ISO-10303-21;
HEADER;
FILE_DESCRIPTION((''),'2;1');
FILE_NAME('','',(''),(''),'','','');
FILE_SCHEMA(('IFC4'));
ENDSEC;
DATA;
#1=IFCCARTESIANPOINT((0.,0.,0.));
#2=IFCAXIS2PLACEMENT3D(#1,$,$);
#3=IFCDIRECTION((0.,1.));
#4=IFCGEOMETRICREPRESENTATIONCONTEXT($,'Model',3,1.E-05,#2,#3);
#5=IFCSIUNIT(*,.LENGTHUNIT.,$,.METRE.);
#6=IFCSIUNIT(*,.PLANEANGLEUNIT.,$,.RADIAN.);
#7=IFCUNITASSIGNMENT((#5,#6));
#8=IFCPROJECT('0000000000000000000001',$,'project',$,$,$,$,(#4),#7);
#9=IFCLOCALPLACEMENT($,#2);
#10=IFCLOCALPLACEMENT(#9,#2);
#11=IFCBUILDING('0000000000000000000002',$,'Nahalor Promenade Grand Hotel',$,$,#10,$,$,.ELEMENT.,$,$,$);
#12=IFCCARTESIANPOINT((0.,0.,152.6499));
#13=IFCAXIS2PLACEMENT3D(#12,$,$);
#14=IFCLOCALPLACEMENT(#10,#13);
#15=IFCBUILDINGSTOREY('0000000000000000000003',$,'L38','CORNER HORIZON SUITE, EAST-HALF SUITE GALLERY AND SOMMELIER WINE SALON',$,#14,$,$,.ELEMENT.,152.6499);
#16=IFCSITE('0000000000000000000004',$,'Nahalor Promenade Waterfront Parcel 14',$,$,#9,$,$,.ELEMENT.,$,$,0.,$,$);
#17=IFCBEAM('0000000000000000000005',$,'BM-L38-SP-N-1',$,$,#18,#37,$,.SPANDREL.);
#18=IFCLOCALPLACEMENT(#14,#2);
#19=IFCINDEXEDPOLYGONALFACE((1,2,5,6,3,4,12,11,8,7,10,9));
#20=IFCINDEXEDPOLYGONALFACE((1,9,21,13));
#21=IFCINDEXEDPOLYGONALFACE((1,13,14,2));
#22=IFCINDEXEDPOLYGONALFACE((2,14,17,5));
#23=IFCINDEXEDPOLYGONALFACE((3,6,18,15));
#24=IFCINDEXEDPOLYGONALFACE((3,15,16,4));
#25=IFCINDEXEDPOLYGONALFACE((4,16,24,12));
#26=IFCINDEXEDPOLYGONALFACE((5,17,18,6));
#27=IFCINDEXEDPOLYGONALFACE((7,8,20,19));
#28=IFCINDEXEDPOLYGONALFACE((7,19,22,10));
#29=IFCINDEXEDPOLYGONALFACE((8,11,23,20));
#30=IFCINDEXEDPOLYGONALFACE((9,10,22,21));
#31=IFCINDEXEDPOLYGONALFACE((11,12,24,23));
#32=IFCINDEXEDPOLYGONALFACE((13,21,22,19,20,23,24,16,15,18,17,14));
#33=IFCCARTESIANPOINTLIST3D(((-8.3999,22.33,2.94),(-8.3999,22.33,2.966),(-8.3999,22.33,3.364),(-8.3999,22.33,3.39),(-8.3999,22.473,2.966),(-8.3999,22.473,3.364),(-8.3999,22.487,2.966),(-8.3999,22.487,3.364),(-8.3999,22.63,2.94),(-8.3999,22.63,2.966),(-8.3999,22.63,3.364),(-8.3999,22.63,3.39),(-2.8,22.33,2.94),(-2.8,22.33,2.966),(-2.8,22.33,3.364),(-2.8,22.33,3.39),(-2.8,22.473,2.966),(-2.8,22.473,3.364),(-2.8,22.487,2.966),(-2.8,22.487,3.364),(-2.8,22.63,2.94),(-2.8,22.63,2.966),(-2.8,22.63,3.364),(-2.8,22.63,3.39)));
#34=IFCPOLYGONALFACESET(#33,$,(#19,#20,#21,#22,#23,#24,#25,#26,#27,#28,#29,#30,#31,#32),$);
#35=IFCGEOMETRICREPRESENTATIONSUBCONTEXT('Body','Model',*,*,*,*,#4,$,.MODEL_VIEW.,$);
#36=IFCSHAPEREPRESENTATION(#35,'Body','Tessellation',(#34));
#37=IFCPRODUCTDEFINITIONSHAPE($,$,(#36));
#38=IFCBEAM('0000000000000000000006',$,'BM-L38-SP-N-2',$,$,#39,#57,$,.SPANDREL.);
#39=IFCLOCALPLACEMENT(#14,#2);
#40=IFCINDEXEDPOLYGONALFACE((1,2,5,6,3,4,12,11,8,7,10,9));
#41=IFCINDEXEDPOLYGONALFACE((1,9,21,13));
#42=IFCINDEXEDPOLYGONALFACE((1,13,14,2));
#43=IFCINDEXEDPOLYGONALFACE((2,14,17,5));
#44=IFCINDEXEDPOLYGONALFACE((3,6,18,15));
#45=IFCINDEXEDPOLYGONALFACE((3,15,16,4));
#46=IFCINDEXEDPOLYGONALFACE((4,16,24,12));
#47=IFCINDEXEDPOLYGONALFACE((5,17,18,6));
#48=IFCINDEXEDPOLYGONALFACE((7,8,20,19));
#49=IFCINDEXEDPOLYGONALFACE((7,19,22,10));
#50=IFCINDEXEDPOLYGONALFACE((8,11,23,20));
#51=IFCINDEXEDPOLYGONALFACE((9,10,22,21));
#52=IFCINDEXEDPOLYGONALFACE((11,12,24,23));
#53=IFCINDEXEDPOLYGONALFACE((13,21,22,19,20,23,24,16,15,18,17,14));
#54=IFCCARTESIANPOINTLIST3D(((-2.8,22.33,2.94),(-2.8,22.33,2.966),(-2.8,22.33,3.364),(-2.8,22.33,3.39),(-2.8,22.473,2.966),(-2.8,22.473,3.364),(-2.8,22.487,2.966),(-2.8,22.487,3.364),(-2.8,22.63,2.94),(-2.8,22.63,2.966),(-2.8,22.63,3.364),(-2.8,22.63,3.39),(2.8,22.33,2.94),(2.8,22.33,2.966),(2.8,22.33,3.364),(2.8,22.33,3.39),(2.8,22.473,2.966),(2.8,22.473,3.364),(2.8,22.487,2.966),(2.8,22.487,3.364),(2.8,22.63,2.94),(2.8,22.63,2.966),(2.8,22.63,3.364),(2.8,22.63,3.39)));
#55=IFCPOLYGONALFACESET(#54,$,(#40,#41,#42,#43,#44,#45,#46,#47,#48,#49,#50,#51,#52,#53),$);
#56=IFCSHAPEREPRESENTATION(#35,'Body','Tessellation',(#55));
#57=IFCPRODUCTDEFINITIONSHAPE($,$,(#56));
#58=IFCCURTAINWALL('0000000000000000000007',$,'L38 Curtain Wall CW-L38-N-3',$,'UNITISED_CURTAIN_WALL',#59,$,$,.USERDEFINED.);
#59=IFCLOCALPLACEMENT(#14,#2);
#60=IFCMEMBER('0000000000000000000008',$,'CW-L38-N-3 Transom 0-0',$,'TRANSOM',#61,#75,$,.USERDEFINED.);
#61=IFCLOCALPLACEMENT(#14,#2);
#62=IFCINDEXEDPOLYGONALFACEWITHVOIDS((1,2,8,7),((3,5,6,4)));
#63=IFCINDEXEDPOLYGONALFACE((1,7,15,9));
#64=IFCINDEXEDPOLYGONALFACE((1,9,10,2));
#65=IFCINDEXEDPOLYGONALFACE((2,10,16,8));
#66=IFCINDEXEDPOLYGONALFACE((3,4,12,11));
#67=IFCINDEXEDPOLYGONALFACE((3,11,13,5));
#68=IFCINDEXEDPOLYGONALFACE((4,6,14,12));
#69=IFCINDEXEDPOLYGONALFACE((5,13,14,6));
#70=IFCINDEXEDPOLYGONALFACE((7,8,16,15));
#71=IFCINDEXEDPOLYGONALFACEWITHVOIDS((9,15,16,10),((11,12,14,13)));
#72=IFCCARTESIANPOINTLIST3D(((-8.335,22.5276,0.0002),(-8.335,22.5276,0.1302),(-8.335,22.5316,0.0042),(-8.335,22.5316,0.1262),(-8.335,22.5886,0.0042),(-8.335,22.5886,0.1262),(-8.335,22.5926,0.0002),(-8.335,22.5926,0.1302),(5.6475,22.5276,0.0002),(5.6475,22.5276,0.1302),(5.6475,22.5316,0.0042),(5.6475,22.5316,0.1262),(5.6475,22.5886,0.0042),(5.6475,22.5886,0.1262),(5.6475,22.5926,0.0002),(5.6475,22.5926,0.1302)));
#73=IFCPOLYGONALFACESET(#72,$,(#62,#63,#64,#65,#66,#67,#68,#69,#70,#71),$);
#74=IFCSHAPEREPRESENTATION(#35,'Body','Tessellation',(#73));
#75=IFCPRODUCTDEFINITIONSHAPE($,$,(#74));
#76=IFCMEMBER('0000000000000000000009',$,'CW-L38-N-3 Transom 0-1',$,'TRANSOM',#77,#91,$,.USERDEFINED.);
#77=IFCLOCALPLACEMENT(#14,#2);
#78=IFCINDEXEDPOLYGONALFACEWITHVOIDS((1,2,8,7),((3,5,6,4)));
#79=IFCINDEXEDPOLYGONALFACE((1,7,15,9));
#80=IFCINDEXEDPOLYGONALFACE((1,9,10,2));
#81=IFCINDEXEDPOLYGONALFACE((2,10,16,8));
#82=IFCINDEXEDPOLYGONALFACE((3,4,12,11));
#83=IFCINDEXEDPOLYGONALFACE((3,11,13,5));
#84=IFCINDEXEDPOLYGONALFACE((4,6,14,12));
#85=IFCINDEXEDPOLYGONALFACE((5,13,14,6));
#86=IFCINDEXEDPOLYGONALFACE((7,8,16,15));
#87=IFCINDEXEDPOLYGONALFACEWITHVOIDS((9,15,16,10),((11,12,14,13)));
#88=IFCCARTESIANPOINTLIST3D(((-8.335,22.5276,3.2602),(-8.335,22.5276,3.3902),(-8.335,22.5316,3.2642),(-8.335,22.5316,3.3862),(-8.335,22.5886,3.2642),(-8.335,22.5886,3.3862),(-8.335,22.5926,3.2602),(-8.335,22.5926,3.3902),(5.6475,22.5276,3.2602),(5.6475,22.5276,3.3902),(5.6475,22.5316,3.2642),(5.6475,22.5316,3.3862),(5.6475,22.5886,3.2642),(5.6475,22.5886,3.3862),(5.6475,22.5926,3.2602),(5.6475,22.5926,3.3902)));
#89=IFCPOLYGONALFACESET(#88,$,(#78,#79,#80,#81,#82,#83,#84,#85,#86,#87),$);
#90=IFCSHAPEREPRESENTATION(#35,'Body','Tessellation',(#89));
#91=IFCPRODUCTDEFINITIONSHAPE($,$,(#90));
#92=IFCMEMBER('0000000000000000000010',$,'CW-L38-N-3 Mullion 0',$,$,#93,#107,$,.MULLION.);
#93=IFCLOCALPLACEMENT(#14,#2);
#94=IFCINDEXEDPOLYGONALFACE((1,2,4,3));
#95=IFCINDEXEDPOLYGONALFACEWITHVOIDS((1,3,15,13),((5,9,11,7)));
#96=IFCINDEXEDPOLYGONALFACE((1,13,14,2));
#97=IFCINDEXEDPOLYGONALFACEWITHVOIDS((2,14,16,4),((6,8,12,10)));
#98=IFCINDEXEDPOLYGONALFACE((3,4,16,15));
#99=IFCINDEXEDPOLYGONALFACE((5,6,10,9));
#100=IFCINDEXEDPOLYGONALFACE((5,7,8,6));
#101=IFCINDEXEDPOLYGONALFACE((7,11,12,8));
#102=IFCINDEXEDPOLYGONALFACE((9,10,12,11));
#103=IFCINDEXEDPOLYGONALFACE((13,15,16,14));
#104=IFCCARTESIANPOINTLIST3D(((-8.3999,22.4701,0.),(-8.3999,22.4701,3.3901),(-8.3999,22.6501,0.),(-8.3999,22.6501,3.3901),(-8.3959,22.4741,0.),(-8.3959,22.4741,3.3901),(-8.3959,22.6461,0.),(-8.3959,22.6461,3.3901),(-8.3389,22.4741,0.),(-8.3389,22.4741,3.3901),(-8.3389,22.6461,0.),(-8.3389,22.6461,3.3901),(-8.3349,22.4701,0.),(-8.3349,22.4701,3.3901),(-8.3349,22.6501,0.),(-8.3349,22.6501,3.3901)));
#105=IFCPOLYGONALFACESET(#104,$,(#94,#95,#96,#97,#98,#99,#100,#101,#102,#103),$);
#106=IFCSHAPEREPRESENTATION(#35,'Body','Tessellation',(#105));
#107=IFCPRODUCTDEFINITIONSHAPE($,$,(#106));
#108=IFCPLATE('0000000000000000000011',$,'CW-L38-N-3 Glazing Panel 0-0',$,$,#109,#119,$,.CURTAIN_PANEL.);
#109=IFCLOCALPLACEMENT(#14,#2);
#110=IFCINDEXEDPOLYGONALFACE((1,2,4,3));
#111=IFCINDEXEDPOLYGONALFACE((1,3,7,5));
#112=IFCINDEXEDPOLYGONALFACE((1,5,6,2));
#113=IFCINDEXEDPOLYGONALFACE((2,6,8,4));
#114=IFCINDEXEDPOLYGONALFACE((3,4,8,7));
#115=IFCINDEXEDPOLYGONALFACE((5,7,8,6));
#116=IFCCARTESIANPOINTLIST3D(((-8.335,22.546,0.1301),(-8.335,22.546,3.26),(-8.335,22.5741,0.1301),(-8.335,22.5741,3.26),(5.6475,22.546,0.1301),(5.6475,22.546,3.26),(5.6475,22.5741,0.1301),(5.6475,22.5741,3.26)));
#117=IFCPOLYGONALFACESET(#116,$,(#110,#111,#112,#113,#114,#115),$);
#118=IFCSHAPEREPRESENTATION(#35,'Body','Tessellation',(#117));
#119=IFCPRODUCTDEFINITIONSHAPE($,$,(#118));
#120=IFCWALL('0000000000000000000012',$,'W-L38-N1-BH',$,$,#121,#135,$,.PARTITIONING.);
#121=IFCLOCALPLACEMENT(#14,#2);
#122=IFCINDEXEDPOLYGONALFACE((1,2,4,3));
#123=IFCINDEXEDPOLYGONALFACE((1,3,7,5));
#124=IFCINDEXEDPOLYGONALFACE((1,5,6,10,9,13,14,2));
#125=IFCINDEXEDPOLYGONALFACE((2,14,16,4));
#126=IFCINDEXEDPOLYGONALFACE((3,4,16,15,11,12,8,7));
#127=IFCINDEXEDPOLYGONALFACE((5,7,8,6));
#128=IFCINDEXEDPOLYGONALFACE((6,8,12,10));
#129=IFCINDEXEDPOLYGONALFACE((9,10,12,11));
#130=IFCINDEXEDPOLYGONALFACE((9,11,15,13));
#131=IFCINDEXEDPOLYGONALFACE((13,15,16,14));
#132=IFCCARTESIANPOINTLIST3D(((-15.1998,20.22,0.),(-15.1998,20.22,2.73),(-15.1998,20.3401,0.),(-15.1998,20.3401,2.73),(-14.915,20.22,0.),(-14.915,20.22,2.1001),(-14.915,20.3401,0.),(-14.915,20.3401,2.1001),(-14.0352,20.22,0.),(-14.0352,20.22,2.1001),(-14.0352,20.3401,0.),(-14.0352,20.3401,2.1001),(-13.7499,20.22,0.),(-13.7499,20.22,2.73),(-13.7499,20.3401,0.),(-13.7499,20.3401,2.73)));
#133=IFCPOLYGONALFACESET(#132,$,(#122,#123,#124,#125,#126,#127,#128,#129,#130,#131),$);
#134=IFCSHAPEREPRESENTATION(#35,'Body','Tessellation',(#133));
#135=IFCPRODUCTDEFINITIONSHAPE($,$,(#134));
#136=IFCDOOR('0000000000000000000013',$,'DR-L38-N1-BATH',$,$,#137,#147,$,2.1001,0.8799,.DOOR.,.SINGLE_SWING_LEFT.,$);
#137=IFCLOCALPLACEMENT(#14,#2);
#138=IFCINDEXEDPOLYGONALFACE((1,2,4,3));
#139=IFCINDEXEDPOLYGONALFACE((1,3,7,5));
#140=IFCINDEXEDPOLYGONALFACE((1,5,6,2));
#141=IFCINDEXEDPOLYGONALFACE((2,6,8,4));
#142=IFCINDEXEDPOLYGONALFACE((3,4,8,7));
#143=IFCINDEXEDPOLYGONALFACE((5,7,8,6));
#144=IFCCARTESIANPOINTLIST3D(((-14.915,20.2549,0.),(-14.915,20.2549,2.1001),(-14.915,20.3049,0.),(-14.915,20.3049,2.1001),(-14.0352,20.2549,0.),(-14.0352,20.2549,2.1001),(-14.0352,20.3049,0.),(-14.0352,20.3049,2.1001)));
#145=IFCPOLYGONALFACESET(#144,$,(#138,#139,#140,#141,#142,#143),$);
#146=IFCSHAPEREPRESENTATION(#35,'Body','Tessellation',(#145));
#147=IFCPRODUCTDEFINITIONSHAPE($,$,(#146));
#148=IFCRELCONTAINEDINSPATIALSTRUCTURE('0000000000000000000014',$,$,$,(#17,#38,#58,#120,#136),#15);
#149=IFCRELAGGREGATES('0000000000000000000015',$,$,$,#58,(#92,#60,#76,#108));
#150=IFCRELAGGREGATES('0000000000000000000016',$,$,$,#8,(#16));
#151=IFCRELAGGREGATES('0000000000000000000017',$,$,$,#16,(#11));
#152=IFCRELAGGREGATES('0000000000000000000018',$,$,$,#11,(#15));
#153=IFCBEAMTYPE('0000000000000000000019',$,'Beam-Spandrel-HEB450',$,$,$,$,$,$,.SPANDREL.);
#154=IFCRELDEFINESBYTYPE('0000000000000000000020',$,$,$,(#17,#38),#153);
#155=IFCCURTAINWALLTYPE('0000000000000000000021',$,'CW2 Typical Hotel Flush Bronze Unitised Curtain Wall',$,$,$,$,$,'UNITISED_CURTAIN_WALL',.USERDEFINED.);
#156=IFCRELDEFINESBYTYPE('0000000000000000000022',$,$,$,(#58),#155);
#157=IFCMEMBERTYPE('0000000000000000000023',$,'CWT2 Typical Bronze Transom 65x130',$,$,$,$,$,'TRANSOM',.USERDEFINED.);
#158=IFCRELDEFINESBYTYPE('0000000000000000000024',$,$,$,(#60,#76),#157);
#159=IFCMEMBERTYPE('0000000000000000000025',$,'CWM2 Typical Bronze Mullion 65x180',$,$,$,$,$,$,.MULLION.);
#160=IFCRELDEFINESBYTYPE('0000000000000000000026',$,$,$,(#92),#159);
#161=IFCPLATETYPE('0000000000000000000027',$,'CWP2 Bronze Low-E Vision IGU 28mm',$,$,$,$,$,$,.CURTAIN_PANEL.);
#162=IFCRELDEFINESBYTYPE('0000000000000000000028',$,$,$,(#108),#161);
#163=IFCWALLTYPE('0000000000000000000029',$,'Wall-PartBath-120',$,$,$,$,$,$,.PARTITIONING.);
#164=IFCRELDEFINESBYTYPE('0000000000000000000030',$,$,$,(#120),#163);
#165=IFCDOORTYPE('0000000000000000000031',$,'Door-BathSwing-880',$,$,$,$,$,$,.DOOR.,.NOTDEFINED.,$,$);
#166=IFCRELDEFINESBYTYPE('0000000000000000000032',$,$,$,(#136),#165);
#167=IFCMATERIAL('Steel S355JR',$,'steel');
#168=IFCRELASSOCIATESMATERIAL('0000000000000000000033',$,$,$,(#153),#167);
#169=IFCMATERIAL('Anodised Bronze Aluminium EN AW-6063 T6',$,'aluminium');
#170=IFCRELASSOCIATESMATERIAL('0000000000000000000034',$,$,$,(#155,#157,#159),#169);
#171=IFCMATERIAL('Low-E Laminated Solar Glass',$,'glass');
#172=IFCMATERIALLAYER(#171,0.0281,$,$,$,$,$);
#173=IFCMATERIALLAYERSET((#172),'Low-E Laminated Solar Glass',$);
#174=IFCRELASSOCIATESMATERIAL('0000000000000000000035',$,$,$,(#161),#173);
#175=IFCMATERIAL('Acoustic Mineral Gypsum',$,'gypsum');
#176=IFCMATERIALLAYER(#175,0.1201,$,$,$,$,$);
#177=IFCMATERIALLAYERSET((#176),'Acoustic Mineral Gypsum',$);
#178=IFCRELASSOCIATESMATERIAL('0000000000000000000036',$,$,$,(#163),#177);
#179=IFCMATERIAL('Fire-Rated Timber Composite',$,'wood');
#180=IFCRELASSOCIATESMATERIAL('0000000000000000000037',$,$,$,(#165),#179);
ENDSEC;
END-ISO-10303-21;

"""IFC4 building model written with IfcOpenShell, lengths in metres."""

from ifc_helpers import new_model, si_unit, direction, frame, frame_2d, origin, origin_2d, place, context, subcontext, project, spatial, rectangle, hollow_rectangle, i_section, extrude, source, transform, mapped, material, layer, layer_set, material_profile, profile_set, type_object, element, fill, aggregate, save


model = new_model("IFC4")

# Units and contexts
model_context = context("Model", 3, precision=1e-05, world=origin(), true_north=direction((0.0, 1.0)))
body_context = subcontext(model_context, "Body", "Model", "MODEL_VIEW")
ifc_project = project(units=[si_unit("LENGTHUNIT", "METRE"), si_unit("PLANEANGLEUNIT", "RADIAN")], contexts=[model_context])

# Site, building, storey
site_placement = place(None, origin())
site = spatial("IfcSite", under=ifc_project, at=site_placement, Name="Nahalor Promenade Waterfront Parcel 14", CompositionType="ELEMENT", RefElevation=0.0)
building_placement = place(site_placement, origin())
building = spatial("IfcBuilding", under=site, at=building_placement, Name="Nahalor Promenade Grand Hotel", CompositionType="ELEMENT")
storey_placement = place(building_placement, frame((0.0, 0.0, 152.6499)))
storey = spatial("IfcBuildingStorey", under=building, at=storey_placement, Name="L38", Description="CORNER HORIZON SUITE, EAST-HALF SUITE GALLERY AND SOMMELIER WINE SALON", CompositionType="ELEMENT", Elevation=152.6499)

# Beams
ifc_material_1 = material(Name="Steel S355JR", Category="steel")
ifc_material_profile_1 = material_profile(ifc_material_1, i_section(OverallWidth=0.3, OverallDepth=0.45, WebThickness=0.014, FlangeThickness=0.026, at=origin_2d()), Name="HEB 450")
ifc_profile_set_1 = profile_set([ifc_material_profile_1], Name="Steel S355JR")
beam_type_1 = type_object("IfcBeamType", Name="Beam-Spandrel-HEB450", PredefinedType="SPANDREL", material=ifc_profile_set_1)
shared_shape_1 = source(origin(), body_context, "Body", "SweptSolid", [
    extrude(i_section(OverallWidth=0.3, OverallDepth=0.45, WebThickness=0.014, FlangeThickness=0.026, at=origin_2d()), origin(), (0.0, 0.0, 1.0), 5.5999),
])
beam_1_placement = place(storey_placement, frame((-8.3999, 22.48, 3.165), z_axis=(1.0, 0.0, 0.0), x_axis=(0.0, 1.0, 0.0)))
element("IfcBeam", 1, at=beam_1_placement, inside=storey, type_object=beam_type_1, Name="BM-L38-SP-N-1", PredefinedType="SPANDREL", context=body_context, shape_type="MappedRepresentation", body=[
    mapped(shared_shape_1, transform((0.0, 0.0, 0.0), scale=1.0)),
])
shared_shape_2 = source(origin(), body_context, "Body", "SweptSolid", [
    extrude(i_section(OverallWidth=0.3, OverallDepth=0.45, WebThickness=0.014, FlangeThickness=0.026, at=origin_2d()), origin(), (0.0, 0.0, 1.0), 5.6001),
])
beam_2_placement = place(storey_placement, frame((-2.8, 22.48, 3.165), z_axis=(1.0, 0.0, 0.0), x_axis=(0.0, 1.0, 0.0)))
element("IfcBeam", 2, at=beam_2_placement, inside=storey, type_object=beam_type_1, Name="BM-L38-SP-N-2", PredefinedType="SPANDREL", context=body_context, shape_type="MappedRepresentation", body=[
    mapped(shared_shape_2, transform((0.0, 0.0, 0.0), scale=1.0)),
])

# Curtain wall, members, plate
ifc_material_2 = material(Name="Anodised Bronze Aluminium EN AW-6063 T6", Category="aluminium")
curtain_wall_type = type_object("IfcCurtainWallType", Name="CW2 Typical Hotel Flush Bronze Unitised Curtain Wall", ElementType="UNITISED_CURTAIN_WALL", PredefinedType="USERDEFINED", material=ifc_material_2)
curtain_wall_placement = place(storey_placement, origin())
curtain_wall = element("IfcCurtainWall", 3, at=curtain_wall_placement, inside=storey, type_object=curtain_wall_type, Name="L38 Curtain Wall CW-L38-N-3", ObjectType="UNITISED_CURTAIN_WALL", PredefinedType="USERDEFINED")
ifc_material_profile_2 = material_profile(ifc_material_2, hollow_rectangle(XDim=0.065, YDim=0.13, WallThickness=0.004, at=origin_2d()), Name="CWT 65x130x4")
ifc_profile_set_2 = profile_set([ifc_material_profile_2], Name="Anodised Bronze Aluminium EN AW-6063 T6")
member_type_1 = type_object("IfcMemberType", Name="CWT2 Typical Bronze Transom 65x130", ElementType="TRANSOM", PredefinedType="USERDEFINED", material=ifc_profile_set_2)
shared_shape_3 = source(origin(), body_context, "Body", "SweptSolid", [
    extrude(hollow_rectangle(XDim=0.065, YDim=0.13, WallThickness=0.004, at=origin_2d()), origin(), (0.0, 0.0, 1.0), 13.9824),
])
member_1_placement = place(storey_placement, frame((-8.335, 22.5601, 0.0652), z_axis=(1.0, 0.0, 0.0), x_axis=(0.0, 1.0, 0.0)))
member_1 = element("IfcMember", 4, at=member_1_placement, type_object=member_type_1, Name="CW-L38-N-3 Transom 0-0", ObjectType="TRANSOM", PredefinedType="USERDEFINED", context=body_context, shape_type="MappedRepresentation", body=[
    mapped(shared_shape_3, transform((0.0, 0.0, 0.0), scale=1.0)),
])
member_2_placement = place(storey_placement, frame((-8.335, 22.5601, 3.3252), z_axis=(1.0, 0.0, 0.0), x_axis=(0.0, 1.0, 0.0)))
member_2 = element("IfcMember", 5, at=member_2_placement, type_object=member_type_1, Name="CW-L38-N-3 Transom 0-1", ObjectType="TRANSOM", PredefinedType="USERDEFINED", context=body_context, shape_type="MappedRepresentation", body=[
    mapped(shared_shape_3, transform((0.0, 0.0, 0.0), scale=1.0)),
])
ifc_material_profile_3 = material_profile(ifc_material_2, hollow_rectangle(XDim=0.065, YDim=0.18, WallThickness=0.004, at=origin_2d()), Name="CWM 65x180x4")
ifc_profile_set_3 = profile_set([ifc_material_profile_3], Name="Anodised Bronze Aluminium EN AW-6063 T6")
member_type_2 = type_object("IfcMemberType", Name="CWM2 Typical Bronze Mullion 65x180", PredefinedType="MULLION", material=ifc_profile_set_3)
shared_shape_4 = source(origin(), body_context, "Body", "SweptSolid", [
    extrude(hollow_rectangle(XDim=0.065, YDim=0.18, WallThickness=0.004, at=origin_2d()), origin(), (0.0, 0.0, 1.0), 3.3901),
])
member_3_placement = place(storey_placement, frame((-8.3674, 22.5601, 0.0), z_axis=(0.0, 0.0, 1.0), x_axis=(1.0, 0.0, 0.0)))
member_3 = element("IfcMember", 6, at=member_3_placement, type_object=member_type_2, Name="CW-L38-N-3 Mullion 0", PredefinedType="MULLION", context=body_context, shape_type="MappedRepresentation", body=[
    mapped(shared_shape_4, transform((0.0, 0.0, 0.0), scale=1.0)),
])
ifc_material_3 = material(Name="Low-E Laminated Solar Glass", Category="glass")
ifc_layer_1 = layer(ifc_material_3, 0.0281)
ifc_layer_set_1 = layer_set([ifc_layer_1], Name="Low-E Laminated Solar Glass")
plate_type = type_object("IfcPlateType", Name="CWP2 Bronze Low-E Vision IGU 28mm", PredefinedType="CURTAIN_PANEL", material=ifc_layer_set_1)
shared_shape_5 = source(origin(), body_context, "Body", "SweptSolid", [
    extrude(rectangle(XDim=13.9824, YDim=0.0281, at=origin_2d()), origin(), (0.0, 0.0, 1.0), 3.1299),
])
plate_placement = place(storey_placement, frame((-1.3438, 22.5601, 0.1301), z_axis=(0.0, 0.0, 1.0), x_axis=(1.0, 0.0, 0.0)))
plate = element("IfcPlate", 7, at=plate_placement, type_object=plate_type, Name="CW-L38-N-3 Glazing Panel 0-0", PredefinedType="CURTAIN_PANEL", context=body_context, shape_type="MappedRepresentation", body=[
    mapped(shared_shape_5, transform((0.0, 0.0, 0.0), scale=1.0)),
])
aggregate(curtain_wall, [member_3, member_1, member_2, plate])

# Wall, opening, door
ifc_material_4 = material(Name="Acoustic Mineral Gypsum", Category="gypsum")
ifc_layer_2 = layer(ifc_material_4, 0.1201)
ifc_layer_set_2 = layer_set([ifc_layer_2], Name="Acoustic Mineral Gypsum")
wall_type = type_object("IfcWallType", Name="Wall-PartBath-120", PredefinedType="PARTITIONING", material=ifc_layer_set_2)
shared_shape_6 = source(origin(), body_context, "Body", "SweptSolid", [
    extrude(rectangle(XDim=1.45, YDim=0.1201, at=frame_2d((0.7251, 0.0))), origin(), (0.0, 0.0, 1.0), 2.73),
])
wall_1_placement = place(storey_placement, frame((-15.2, 20.28, 0.0), z_axis=(0.0, 0.0, 1.0), x_axis=(1.0, 0.0, 0.0)))
wall_1 = element("IfcWall", 8, at=wall_1_placement, inside=storey, type_object=wall_type, Name="W-L38-N1-BH", PredefinedType="PARTITIONING", context=body_context, shape_type="MappedRepresentation", body=[
    mapped(shared_shape_6, transform((0.0, 0.0, 0.0), scale=1.0)),
])
opening_1_placement = place(wall_1_placement, frame((0.2849, 0.0, 0.0)))
opening_1 = element("IfcOpeningElement", 9, at=opening_1_placement, cuts=wall_1, PredefinedType="OPENING", context=body_context, shape_type="SweptSolid", body=[
    extrude(rectangle(XDim=0.8799, YDim=2.1001, at=frame_2d((0.4399, 1.05))), frame((0.0, 0.0701, 0.0), z_axis=(0.0, -1.0, 0.0), x_axis=(1.0, 0.0, 0.0)), (0.0, 0.0, 1.0), 0.1401),
])
ifc_material_5 = material(Name="Fire-Rated Timber Composite", Category="wood")
door_type = type_object("IfcDoorType", Name="Door-BathSwing-880", OperationType="NOTDEFINED", PredefinedType="DOOR", material=ifc_material_5)
shared_shape_7 = source(origin(), body_context, "Body", "SweptSolid", [
    extrude(rectangle(XDim=0.8799, YDim=2.1001, at=frame_2d((0.4399, 1.05))), frame((0.0, 0.0249, 0.0), z_axis=(0.0, -1.0, 0.0), x_axis=(1.0, 0.0, 0.0)), (0.0, 0.0, 1.0), 0.05),
])
door_1_placement = place(opening_1_placement, origin())
door_1 = element("IfcDoor", 10, at=door_1_placement, inside=storey, type_object=door_type, Name="DR-L38-N1-BATH", OperationType="SINGLE_SWING_LEFT", OverallHeight=2.1001, OverallWidth=0.8799, PredefinedType="DOOR", context=body_context, shape_type="MappedRepresentation", body=[
    mapped(shared_shape_7, transform((0.0, 0.0, 0.0), scale=1.0)),
])
fill(opening_1, door_1)

save(model, "model.ifc")
